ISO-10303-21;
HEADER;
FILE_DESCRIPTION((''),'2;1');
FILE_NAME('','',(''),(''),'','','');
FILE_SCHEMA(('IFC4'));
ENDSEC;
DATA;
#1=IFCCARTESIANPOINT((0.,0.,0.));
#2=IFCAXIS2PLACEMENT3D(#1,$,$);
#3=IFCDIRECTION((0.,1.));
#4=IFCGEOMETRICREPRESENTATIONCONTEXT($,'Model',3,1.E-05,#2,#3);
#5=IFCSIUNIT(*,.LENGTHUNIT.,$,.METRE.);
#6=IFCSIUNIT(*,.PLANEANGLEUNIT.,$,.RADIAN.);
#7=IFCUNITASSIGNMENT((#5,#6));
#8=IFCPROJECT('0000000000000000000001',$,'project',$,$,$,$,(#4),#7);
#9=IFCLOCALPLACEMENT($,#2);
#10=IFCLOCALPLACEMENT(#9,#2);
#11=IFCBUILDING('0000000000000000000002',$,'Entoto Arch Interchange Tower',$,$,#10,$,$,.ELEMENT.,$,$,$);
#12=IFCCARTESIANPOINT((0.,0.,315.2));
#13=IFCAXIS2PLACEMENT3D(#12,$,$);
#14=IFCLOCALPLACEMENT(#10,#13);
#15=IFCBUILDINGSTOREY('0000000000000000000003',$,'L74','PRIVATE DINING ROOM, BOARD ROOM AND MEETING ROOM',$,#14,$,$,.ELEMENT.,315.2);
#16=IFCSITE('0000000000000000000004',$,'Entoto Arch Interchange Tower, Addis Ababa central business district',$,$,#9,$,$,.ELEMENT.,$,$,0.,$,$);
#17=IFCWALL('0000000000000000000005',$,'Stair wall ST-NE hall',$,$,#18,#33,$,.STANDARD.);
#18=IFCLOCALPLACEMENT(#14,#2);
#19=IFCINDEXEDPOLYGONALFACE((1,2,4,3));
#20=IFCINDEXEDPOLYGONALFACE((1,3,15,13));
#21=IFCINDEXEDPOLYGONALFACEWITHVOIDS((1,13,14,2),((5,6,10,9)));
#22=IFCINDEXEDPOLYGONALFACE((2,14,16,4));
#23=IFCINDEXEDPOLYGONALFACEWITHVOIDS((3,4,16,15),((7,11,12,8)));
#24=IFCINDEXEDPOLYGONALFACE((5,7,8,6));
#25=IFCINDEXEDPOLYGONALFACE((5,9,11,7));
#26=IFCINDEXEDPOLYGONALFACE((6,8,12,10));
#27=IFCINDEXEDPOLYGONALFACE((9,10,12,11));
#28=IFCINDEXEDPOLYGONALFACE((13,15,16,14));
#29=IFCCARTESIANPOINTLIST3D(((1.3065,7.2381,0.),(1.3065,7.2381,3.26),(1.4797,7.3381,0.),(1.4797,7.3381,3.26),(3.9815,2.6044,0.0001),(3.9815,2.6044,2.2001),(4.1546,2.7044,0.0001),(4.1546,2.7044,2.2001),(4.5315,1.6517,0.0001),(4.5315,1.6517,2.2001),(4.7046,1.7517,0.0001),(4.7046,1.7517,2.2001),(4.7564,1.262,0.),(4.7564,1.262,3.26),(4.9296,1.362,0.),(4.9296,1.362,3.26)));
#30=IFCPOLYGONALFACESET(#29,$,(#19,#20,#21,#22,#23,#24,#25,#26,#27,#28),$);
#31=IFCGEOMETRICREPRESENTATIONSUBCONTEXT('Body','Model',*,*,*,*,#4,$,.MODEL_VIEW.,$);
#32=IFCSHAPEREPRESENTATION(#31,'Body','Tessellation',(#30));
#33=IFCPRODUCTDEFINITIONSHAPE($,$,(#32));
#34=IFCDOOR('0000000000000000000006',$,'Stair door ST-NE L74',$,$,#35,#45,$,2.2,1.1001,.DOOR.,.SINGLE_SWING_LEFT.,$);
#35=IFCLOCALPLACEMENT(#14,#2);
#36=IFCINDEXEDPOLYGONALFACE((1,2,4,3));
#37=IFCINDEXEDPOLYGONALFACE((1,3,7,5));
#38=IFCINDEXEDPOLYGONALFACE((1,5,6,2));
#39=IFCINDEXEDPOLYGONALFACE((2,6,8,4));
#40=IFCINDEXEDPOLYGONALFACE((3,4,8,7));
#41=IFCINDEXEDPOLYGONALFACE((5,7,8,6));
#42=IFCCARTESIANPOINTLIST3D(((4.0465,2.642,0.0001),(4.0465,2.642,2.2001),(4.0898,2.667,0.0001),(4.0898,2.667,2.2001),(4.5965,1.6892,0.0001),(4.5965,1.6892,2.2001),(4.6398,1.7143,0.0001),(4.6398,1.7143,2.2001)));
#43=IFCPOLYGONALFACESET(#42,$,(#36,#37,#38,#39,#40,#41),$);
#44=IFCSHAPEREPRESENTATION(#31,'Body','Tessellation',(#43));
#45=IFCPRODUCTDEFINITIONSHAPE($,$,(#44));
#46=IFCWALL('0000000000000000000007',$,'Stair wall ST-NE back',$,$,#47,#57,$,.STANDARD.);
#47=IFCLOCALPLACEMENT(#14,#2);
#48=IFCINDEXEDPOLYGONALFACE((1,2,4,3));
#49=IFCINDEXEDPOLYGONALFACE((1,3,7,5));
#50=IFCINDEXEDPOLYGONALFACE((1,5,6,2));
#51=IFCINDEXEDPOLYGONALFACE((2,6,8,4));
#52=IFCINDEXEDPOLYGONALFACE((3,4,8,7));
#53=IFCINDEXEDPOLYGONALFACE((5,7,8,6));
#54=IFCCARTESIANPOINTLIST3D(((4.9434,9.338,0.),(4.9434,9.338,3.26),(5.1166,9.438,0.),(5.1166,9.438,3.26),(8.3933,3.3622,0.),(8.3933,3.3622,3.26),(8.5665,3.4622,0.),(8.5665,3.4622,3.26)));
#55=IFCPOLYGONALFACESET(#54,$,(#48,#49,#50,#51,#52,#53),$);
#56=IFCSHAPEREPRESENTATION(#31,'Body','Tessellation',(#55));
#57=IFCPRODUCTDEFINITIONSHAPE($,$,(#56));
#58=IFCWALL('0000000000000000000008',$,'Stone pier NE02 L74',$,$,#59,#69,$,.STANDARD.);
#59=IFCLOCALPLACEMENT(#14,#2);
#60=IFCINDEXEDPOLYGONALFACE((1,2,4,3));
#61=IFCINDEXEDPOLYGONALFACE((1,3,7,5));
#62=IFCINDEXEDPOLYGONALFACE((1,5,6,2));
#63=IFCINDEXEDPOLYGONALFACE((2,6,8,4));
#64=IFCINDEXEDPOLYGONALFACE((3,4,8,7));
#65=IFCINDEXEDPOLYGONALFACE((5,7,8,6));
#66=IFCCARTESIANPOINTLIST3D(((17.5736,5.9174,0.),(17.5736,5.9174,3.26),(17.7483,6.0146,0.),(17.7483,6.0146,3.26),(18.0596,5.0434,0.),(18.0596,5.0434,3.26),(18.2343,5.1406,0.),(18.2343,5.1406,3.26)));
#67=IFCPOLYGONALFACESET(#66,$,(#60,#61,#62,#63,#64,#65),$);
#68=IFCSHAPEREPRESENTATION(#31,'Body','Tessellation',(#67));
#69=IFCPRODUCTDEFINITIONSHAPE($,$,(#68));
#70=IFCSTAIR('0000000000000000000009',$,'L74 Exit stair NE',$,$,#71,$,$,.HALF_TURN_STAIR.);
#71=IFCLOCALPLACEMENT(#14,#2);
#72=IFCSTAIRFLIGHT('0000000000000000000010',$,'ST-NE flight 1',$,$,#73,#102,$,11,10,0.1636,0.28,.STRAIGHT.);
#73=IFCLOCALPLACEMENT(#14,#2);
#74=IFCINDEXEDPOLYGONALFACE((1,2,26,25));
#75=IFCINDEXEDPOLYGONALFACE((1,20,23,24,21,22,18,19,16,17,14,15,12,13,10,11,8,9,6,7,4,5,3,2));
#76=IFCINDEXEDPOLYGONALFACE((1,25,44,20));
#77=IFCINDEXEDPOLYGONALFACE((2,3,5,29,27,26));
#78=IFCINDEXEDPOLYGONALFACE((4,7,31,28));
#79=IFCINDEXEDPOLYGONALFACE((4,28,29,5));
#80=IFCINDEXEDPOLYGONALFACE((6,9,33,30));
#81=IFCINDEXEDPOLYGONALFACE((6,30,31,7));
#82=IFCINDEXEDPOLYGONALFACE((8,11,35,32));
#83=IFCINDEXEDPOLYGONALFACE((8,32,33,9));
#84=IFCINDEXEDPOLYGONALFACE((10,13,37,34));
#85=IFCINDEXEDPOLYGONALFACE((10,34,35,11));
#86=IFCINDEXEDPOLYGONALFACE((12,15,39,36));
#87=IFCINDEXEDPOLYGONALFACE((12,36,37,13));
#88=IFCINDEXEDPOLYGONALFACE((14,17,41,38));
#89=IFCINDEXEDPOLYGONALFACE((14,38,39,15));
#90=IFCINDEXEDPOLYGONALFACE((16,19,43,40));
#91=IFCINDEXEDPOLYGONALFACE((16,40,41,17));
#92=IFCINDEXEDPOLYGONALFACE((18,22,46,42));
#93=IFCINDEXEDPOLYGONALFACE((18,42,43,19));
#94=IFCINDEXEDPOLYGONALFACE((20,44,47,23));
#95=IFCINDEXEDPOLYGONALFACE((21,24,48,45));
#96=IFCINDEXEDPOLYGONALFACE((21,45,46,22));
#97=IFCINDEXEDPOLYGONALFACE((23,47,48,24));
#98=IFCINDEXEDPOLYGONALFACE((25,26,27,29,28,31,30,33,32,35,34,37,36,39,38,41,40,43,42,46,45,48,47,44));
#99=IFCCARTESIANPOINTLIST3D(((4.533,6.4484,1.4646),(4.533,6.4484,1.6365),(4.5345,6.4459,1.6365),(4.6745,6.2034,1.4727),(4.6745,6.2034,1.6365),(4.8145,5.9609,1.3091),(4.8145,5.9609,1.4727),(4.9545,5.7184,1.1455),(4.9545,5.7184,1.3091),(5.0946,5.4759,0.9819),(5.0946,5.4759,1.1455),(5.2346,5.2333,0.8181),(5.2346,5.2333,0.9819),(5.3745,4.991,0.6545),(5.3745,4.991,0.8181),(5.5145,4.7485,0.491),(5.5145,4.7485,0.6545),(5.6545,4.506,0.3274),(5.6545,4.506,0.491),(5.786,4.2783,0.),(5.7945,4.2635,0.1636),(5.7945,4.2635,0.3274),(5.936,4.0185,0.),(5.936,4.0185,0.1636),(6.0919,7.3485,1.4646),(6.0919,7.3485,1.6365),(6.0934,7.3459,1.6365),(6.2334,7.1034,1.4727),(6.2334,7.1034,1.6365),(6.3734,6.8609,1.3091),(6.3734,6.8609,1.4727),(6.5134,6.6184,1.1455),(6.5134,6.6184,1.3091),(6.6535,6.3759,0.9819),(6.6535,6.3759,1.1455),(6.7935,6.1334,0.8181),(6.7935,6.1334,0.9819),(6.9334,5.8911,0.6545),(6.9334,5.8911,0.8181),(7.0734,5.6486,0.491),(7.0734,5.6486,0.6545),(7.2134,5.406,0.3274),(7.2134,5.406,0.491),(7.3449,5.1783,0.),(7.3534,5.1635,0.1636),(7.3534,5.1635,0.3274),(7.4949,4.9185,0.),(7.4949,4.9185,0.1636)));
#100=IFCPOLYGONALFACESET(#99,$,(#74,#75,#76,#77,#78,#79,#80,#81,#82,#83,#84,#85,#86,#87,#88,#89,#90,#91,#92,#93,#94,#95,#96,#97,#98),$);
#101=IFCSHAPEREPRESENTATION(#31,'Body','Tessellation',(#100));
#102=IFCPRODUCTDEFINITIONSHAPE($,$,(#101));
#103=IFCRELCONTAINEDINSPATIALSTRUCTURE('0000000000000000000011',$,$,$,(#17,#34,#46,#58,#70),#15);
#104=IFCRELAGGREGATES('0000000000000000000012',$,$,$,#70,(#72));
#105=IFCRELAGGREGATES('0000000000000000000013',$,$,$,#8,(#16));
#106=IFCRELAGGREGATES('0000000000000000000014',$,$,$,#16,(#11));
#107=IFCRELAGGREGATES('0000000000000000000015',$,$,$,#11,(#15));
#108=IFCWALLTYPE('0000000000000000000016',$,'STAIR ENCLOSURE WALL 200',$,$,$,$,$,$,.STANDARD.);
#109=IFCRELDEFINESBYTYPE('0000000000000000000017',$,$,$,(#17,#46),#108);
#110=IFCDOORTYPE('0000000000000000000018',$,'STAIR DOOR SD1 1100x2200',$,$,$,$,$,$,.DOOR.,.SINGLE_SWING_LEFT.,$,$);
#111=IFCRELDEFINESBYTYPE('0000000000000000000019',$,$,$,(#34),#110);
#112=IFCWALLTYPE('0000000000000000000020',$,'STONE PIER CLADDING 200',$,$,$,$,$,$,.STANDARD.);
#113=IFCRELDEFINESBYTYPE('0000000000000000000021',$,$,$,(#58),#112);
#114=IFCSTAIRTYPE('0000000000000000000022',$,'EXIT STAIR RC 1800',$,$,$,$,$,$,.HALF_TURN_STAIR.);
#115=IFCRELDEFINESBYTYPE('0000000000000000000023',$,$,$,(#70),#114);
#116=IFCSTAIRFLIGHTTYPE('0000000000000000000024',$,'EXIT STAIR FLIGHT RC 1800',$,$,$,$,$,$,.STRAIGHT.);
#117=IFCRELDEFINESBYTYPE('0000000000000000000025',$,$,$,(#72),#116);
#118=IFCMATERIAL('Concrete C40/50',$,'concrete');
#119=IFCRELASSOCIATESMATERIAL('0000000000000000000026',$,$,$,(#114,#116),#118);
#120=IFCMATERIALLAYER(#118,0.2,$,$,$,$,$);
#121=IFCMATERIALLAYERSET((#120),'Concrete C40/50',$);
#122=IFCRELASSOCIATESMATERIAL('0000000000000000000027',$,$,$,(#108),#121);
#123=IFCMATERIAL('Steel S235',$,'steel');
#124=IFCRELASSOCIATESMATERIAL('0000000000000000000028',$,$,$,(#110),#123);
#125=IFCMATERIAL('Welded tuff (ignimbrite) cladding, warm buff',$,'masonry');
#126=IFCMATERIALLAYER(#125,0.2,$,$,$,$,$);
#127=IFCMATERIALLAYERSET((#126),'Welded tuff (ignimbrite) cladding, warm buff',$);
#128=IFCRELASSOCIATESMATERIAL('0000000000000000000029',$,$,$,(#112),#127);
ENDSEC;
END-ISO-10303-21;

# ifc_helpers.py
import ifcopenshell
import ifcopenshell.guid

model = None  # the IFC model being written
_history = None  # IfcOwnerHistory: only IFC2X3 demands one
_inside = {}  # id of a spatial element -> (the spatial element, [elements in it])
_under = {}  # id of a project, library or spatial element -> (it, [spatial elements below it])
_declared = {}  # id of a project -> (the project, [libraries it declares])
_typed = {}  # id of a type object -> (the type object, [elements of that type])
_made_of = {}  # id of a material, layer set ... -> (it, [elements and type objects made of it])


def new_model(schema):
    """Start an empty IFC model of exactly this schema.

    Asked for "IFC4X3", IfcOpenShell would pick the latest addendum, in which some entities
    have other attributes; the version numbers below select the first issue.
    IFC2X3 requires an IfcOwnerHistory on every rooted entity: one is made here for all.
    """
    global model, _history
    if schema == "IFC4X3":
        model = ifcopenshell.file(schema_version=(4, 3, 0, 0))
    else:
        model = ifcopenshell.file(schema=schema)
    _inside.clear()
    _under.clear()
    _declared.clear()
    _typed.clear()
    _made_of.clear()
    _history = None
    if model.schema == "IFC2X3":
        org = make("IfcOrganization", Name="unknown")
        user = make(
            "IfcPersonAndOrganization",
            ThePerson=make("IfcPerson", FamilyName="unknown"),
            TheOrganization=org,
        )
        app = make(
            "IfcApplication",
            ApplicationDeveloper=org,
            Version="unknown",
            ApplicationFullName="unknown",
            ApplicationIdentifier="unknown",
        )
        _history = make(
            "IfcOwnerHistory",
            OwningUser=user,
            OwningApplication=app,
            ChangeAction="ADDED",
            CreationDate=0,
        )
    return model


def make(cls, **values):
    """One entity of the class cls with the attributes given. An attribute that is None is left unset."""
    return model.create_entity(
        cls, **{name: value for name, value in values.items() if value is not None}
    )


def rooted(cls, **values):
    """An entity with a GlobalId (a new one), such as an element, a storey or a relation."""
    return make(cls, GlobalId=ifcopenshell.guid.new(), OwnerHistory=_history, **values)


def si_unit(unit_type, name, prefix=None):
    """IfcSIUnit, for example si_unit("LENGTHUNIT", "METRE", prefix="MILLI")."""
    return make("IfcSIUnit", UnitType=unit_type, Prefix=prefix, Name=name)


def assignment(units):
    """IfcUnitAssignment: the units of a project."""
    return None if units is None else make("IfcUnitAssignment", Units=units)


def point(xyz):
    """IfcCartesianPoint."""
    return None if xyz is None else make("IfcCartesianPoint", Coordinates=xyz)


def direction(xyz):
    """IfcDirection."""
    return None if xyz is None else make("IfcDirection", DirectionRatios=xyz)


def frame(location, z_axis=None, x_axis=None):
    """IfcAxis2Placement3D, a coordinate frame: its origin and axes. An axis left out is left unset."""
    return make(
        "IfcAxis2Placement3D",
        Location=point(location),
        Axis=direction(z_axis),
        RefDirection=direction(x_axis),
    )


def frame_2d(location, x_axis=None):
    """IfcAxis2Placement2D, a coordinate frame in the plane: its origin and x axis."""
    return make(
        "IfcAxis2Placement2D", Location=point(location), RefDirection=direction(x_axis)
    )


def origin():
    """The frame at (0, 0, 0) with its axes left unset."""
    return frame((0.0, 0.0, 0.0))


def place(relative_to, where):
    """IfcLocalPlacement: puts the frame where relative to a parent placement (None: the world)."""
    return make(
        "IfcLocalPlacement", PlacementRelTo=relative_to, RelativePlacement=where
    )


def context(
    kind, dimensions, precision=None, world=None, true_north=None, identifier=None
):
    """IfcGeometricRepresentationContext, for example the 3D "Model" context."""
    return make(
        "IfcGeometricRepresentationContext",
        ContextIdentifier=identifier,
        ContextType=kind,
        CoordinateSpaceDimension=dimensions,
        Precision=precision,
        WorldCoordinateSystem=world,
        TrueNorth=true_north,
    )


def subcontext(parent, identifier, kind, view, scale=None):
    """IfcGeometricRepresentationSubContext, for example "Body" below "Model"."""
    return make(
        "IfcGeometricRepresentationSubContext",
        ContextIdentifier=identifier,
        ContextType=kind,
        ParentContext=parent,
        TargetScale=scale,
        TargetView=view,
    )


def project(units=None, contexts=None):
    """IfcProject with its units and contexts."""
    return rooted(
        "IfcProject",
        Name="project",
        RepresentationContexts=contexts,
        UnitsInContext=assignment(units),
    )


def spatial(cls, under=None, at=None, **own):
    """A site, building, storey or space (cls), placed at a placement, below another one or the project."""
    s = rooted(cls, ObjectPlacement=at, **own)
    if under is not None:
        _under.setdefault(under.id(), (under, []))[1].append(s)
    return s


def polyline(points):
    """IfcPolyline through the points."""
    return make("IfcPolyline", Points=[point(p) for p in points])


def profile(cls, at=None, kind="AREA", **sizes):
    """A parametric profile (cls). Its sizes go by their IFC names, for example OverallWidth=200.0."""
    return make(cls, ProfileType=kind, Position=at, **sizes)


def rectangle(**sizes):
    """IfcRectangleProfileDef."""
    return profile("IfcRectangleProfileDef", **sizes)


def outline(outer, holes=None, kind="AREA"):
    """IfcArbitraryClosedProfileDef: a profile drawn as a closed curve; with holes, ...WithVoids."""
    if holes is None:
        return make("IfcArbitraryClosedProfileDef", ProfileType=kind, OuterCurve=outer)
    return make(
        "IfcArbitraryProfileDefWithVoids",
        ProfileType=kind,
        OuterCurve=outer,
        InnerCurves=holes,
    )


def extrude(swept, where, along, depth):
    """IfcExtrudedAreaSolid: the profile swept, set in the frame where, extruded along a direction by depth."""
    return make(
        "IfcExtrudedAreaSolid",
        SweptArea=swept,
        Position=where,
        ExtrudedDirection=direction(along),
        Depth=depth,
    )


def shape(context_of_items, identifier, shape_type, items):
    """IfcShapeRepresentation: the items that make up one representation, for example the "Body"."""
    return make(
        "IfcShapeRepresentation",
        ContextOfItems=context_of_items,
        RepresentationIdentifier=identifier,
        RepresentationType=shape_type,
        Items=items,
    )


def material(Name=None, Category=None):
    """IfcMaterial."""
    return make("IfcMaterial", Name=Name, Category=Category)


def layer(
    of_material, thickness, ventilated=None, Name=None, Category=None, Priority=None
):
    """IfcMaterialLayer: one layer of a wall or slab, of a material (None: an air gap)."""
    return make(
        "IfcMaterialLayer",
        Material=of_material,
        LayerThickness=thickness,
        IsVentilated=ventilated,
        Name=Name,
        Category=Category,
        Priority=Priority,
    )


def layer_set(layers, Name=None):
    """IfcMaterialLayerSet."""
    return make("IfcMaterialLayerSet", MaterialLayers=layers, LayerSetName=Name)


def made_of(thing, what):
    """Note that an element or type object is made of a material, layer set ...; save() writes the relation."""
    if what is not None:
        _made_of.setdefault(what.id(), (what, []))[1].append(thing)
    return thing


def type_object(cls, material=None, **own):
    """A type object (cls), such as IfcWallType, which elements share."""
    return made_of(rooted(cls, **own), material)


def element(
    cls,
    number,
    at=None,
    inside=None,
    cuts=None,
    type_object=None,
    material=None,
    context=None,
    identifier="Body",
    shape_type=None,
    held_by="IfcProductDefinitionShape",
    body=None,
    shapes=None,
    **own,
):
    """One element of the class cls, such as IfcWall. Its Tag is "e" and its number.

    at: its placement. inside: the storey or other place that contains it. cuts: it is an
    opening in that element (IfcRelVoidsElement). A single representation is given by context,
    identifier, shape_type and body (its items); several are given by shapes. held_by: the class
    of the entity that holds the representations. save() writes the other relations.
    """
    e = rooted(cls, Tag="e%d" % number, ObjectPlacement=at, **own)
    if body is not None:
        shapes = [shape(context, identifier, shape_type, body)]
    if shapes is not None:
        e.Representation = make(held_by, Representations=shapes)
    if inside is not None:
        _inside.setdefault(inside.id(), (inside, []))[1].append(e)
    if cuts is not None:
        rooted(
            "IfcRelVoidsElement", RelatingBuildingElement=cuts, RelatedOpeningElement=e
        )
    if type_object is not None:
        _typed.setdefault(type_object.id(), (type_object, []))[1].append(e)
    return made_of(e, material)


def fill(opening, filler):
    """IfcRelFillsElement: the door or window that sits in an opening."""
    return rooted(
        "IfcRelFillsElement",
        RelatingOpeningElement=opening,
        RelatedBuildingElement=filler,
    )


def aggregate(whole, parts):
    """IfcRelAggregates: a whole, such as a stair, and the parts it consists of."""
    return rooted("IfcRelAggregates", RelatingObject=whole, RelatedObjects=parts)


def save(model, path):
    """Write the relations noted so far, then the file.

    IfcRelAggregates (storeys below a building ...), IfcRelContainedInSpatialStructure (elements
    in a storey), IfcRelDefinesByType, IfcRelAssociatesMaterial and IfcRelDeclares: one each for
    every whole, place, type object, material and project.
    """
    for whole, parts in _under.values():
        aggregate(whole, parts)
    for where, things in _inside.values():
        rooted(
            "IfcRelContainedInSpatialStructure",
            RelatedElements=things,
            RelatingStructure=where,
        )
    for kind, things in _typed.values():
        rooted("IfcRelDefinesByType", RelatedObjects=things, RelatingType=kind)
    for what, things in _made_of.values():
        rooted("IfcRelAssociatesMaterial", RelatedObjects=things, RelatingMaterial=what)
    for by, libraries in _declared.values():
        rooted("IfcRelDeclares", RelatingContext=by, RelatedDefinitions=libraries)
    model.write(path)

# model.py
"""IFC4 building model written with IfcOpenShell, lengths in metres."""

from ifc_helpers import new_model, si_unit, direction, frame, frame_2d, origin, place, context, subcontext, project, spatial, polyline, rectangle, outline, extrude, material, layer, layer_set, type_object, element, fill, aggregate, save


model = new_model("IFC4")

# Units and contexts
model_context = context("Model", 3, precision=1e-05, world=origin(), true_north=direction((0.0, 1.0)))
body_context = subcontext(model_context, "Body", "Model", "MODEL_VIEW")
ifc_project = project(units=[si_unit("LENGTHUNIT", "METRE"), si_unit("PLANEANGLEUNIT", "RADIAN")], contexts=[model_context])

# Site, building, storey
site_placement = place(None, origin())
site = spatial("IfcSite", under=ifc_project, at=site_placement, Name="Entoto Arch Interchange Tower, Addis Ababa central business district", CompositionType="ELEMENT", RefElevation=0.0)
building_placement = place(site_placement, origin())
building = spatial("IfcBuilding", under=site, at=building_placement, Name="Entoto Arch Interchange Tower", CompositionType="ELEMENT")
storey_placement = place(building_placement, frame((0.0, 0.0, 315.2)))
storey = spatial("IfcBuildingStorey", under=building, at=storey_placement, Name="L74", Description="PRIVATE DINING ROOM, BOARD ROOM AND MEETING ROOM", CompositionType="ELEMENT", Elevation=315.2)

# Shared definitions
ifc_material_1 = material(Name="Concrete C40/50", Category="concrete")

# Shared definitions
stair_type = type_object("IfcStairType", Name="EXIT STAIR RC 1800", PredefinedType="HALF_TURN_STAIR", material=ifc_material_1)

# Wall, opening, door
ifc_layer_1 = layer(ifc_material_1, 0.2)
ifc_layer_set_1 = layer_set([ifc_layer_1], Name="Concrete C40/50")
wall_type_1 = type_object("IfcWallType", Name="STAIR ENCLOSURE WALL 200", PredefinedType="STANDARD", material=ifc_layer_set_1)
ifc_material_2 = material(Name="Steel S235", Category="steel")
door_type_1 = type_object("IfcDoorType", Name="STAIR DOOR SD1 1100x2200", OperationType="SINGLE_SWING_LEFT", PredefinedType="DOOR", material=ifc_material_2)
wall_1_placement = place(storey_placement, frame((4.843, 1.312, 0.0), z_axis=(0.0, 0.0, 1.0), x_axis=(-0.499963, 0.866047, 0.0)))
wall_1 = element("IfcWall", 1, at=wall_1_placement, inside=storey, type_object=wall_type_1, Name="Stair wall ST-NE hall", PredefinedType="STANDARD", context=body_context, shape_type="SweptSolid", body=[
    extrude(rectangle(XDim=6.9004, YDim=0.2, at=frame_2d((3.4502, 0.0))), origin(), (0.0, 0.0, 1.0), 3.26),
])
opening_1_placement = place(wall_1_placement, frame((0.45, 0.0, 0.0)))
opening_1 = element("IfcOpeningElement", 2, at=opening_1_placement, cuts=wall_1, PredefinedType="OPENING", context=body_context, shape_type="SweptSolid", body=[
    extrude(rectangle(XDim=1.1001, YDim=2.2, at=frame_2d((0.55, 1.1001))), frame((0.0, 0.1099, 0.0), z_axis=(0.0, -1.0, 0.0), x_axis=(1.0, 0.0, 0.0)), (0.0, 0.0, 1.0), 0.22),
])
door_1_placement = place(opening_1_placement, origin())
door_1 = element("IfcDoor", 3, at=door_1_placement, inside=storey, type_object=door_type_1, Name="Stair door ST-NE L74", OperationType="SINGLE_SWING_LEFT", OverallHeight=2.2, OverallWidth=1.1001, PredefinedType="DOOR", context=body_context, shape_type="SweptSolid", body=[
    extrude(rectangle(XDim=1.1001, YDim=2.2, at=frame_2d((0.55, 1.1001))), frame((0.0, 0.0249, 0.0), z_axis=(0.0, -1.0, 0.0), x_axis=(1.0, 0.0, 0.0)), (0.0, 0.0, 1.0), 0.05),
])
fill(opening_1, door_1)

# Walls
wall_2_placement = place(storey_placement, frame((8.48, 3.4121, 0.0), z_axis=(0.0, 0.0, 1.0), x_axis=(-0.499979, 0.866038, 0.0)))
element("IfcWall", 4, at=wall_2_placement, inside=storey, type_object=wall_type_1, Name="Stair wall ST-NE back", PredefinedType="STANDARD", context=body_context, shape_type="SweptSolid", body=[
    extrude(rectangle(XDim=6.9001, YDim=0.2, at=frame_2d((3.4502, 0.0))), origin(), (0.0, 0.0, 1.0), 3.26),
])
ifc_material_3 = material(Name="Welded tuff (ignimbrite) cladding, warm buff", Category="masonry")
ifc_layer_2 = layer(ifc_material_3, 0.2)
ifc_layer_set_2 = layer_set([ifc_layer_2], Name="Welded tuff (ignimbrite) cladding, warm buff")
wall_type_2 = type_object("IfcWallType", Name="STONE PIER CLADDING 200", PredefinedType="STANDARD", material=ifc_layer_set_2)
wall_3_placement = place(storey_placement, frame((18.147, 5.092, 0.0), z_axis=(0.0, 0.0, 1.0), x_axis=(-0.486037, 0.873938, 0.0)))
element("IfcWall", 5, at=wall_3_placement, inside=storey, type_object=wall_type_2, Name="Stone pier NE02 L74", PredefinedType="STANDARD", context=body_context, shape_type="SweptSolid", body=[
    extrude(rectangle(XDim=1.0, YDim=0.2, at=frame_2d((0.5, 0.0))), origin(), (0.0, 0.0, 1.0), 3.26),
])

# Stair, stair flight
stair_1_placement = place(storey_placement, origin())
stair_1 = element("IfcStair", 6, at=stair_1_placement, inside=storey, type_object=stair_type, Name="L74 Exit stair NE", PredefinedType="HALF_TURN_STAIR")
stair_flight_type = type_object("IfcStairFlightType", Name="EXIT STAIR FLIGHT RC 1800", PredefinedType="STRAIGHT", material=ifc_material_1)
stair_flight_placement = place(storey_placement, frame((6.7139, 4.4709, 0.0), z_axis=(0.0, 0.0, 1.0), x_axis=(-0.5, 0.866025, 0.0)))
stair_flight = element("IfcStairFlight", 7, at=stair_flight_placement, type_object=stair_flight_type, Name="ST-NE flight 1", NumberOfRisers=11, NumberOfTreads=10, PredefinedType="STRAIGHT", RiserHeight=0.1636, TreadLength=0.28, context=body_context, shape_type="SweptSolid", body=[
    extrude(outline(polyline([(-0.0029, 0.0), (-0.0029, 0.1636), (0.28, 0.1636), (0.28, 0.3274), (0.5601, 0.3274), (0.5601, 0.491), (0.8401, 0.491), (0.8401, 0.6545), (1.1201, 0.6545), (1.1201, 0.8181), (1.3999, 0.8181), (1.3999, 0.9819), (1.6799, 0.9819), (1.6799, 1.1455), (1.96, 1.1455), (1.96, 1.3091), (2.24, 1.3091), (2.24, 1.4727), (2.52, 1.4727), (2.52, 1.6365), (2.8, 1.6365), (2.803, 1.6365), (2.803, 1.4646), (0.2971, 0.0), (-0.0029, 0.0)])), frame((0.0, 0.8999, 0.0), z_axis=(0.0, -1.0, 0.0), x_axis=(1.0, 0.0, 0.0)), (0.0, 0.0, 1.0), 1.8),
])
aggregate(stair_1, [stair_flight])

save(model, "model.ifc")
